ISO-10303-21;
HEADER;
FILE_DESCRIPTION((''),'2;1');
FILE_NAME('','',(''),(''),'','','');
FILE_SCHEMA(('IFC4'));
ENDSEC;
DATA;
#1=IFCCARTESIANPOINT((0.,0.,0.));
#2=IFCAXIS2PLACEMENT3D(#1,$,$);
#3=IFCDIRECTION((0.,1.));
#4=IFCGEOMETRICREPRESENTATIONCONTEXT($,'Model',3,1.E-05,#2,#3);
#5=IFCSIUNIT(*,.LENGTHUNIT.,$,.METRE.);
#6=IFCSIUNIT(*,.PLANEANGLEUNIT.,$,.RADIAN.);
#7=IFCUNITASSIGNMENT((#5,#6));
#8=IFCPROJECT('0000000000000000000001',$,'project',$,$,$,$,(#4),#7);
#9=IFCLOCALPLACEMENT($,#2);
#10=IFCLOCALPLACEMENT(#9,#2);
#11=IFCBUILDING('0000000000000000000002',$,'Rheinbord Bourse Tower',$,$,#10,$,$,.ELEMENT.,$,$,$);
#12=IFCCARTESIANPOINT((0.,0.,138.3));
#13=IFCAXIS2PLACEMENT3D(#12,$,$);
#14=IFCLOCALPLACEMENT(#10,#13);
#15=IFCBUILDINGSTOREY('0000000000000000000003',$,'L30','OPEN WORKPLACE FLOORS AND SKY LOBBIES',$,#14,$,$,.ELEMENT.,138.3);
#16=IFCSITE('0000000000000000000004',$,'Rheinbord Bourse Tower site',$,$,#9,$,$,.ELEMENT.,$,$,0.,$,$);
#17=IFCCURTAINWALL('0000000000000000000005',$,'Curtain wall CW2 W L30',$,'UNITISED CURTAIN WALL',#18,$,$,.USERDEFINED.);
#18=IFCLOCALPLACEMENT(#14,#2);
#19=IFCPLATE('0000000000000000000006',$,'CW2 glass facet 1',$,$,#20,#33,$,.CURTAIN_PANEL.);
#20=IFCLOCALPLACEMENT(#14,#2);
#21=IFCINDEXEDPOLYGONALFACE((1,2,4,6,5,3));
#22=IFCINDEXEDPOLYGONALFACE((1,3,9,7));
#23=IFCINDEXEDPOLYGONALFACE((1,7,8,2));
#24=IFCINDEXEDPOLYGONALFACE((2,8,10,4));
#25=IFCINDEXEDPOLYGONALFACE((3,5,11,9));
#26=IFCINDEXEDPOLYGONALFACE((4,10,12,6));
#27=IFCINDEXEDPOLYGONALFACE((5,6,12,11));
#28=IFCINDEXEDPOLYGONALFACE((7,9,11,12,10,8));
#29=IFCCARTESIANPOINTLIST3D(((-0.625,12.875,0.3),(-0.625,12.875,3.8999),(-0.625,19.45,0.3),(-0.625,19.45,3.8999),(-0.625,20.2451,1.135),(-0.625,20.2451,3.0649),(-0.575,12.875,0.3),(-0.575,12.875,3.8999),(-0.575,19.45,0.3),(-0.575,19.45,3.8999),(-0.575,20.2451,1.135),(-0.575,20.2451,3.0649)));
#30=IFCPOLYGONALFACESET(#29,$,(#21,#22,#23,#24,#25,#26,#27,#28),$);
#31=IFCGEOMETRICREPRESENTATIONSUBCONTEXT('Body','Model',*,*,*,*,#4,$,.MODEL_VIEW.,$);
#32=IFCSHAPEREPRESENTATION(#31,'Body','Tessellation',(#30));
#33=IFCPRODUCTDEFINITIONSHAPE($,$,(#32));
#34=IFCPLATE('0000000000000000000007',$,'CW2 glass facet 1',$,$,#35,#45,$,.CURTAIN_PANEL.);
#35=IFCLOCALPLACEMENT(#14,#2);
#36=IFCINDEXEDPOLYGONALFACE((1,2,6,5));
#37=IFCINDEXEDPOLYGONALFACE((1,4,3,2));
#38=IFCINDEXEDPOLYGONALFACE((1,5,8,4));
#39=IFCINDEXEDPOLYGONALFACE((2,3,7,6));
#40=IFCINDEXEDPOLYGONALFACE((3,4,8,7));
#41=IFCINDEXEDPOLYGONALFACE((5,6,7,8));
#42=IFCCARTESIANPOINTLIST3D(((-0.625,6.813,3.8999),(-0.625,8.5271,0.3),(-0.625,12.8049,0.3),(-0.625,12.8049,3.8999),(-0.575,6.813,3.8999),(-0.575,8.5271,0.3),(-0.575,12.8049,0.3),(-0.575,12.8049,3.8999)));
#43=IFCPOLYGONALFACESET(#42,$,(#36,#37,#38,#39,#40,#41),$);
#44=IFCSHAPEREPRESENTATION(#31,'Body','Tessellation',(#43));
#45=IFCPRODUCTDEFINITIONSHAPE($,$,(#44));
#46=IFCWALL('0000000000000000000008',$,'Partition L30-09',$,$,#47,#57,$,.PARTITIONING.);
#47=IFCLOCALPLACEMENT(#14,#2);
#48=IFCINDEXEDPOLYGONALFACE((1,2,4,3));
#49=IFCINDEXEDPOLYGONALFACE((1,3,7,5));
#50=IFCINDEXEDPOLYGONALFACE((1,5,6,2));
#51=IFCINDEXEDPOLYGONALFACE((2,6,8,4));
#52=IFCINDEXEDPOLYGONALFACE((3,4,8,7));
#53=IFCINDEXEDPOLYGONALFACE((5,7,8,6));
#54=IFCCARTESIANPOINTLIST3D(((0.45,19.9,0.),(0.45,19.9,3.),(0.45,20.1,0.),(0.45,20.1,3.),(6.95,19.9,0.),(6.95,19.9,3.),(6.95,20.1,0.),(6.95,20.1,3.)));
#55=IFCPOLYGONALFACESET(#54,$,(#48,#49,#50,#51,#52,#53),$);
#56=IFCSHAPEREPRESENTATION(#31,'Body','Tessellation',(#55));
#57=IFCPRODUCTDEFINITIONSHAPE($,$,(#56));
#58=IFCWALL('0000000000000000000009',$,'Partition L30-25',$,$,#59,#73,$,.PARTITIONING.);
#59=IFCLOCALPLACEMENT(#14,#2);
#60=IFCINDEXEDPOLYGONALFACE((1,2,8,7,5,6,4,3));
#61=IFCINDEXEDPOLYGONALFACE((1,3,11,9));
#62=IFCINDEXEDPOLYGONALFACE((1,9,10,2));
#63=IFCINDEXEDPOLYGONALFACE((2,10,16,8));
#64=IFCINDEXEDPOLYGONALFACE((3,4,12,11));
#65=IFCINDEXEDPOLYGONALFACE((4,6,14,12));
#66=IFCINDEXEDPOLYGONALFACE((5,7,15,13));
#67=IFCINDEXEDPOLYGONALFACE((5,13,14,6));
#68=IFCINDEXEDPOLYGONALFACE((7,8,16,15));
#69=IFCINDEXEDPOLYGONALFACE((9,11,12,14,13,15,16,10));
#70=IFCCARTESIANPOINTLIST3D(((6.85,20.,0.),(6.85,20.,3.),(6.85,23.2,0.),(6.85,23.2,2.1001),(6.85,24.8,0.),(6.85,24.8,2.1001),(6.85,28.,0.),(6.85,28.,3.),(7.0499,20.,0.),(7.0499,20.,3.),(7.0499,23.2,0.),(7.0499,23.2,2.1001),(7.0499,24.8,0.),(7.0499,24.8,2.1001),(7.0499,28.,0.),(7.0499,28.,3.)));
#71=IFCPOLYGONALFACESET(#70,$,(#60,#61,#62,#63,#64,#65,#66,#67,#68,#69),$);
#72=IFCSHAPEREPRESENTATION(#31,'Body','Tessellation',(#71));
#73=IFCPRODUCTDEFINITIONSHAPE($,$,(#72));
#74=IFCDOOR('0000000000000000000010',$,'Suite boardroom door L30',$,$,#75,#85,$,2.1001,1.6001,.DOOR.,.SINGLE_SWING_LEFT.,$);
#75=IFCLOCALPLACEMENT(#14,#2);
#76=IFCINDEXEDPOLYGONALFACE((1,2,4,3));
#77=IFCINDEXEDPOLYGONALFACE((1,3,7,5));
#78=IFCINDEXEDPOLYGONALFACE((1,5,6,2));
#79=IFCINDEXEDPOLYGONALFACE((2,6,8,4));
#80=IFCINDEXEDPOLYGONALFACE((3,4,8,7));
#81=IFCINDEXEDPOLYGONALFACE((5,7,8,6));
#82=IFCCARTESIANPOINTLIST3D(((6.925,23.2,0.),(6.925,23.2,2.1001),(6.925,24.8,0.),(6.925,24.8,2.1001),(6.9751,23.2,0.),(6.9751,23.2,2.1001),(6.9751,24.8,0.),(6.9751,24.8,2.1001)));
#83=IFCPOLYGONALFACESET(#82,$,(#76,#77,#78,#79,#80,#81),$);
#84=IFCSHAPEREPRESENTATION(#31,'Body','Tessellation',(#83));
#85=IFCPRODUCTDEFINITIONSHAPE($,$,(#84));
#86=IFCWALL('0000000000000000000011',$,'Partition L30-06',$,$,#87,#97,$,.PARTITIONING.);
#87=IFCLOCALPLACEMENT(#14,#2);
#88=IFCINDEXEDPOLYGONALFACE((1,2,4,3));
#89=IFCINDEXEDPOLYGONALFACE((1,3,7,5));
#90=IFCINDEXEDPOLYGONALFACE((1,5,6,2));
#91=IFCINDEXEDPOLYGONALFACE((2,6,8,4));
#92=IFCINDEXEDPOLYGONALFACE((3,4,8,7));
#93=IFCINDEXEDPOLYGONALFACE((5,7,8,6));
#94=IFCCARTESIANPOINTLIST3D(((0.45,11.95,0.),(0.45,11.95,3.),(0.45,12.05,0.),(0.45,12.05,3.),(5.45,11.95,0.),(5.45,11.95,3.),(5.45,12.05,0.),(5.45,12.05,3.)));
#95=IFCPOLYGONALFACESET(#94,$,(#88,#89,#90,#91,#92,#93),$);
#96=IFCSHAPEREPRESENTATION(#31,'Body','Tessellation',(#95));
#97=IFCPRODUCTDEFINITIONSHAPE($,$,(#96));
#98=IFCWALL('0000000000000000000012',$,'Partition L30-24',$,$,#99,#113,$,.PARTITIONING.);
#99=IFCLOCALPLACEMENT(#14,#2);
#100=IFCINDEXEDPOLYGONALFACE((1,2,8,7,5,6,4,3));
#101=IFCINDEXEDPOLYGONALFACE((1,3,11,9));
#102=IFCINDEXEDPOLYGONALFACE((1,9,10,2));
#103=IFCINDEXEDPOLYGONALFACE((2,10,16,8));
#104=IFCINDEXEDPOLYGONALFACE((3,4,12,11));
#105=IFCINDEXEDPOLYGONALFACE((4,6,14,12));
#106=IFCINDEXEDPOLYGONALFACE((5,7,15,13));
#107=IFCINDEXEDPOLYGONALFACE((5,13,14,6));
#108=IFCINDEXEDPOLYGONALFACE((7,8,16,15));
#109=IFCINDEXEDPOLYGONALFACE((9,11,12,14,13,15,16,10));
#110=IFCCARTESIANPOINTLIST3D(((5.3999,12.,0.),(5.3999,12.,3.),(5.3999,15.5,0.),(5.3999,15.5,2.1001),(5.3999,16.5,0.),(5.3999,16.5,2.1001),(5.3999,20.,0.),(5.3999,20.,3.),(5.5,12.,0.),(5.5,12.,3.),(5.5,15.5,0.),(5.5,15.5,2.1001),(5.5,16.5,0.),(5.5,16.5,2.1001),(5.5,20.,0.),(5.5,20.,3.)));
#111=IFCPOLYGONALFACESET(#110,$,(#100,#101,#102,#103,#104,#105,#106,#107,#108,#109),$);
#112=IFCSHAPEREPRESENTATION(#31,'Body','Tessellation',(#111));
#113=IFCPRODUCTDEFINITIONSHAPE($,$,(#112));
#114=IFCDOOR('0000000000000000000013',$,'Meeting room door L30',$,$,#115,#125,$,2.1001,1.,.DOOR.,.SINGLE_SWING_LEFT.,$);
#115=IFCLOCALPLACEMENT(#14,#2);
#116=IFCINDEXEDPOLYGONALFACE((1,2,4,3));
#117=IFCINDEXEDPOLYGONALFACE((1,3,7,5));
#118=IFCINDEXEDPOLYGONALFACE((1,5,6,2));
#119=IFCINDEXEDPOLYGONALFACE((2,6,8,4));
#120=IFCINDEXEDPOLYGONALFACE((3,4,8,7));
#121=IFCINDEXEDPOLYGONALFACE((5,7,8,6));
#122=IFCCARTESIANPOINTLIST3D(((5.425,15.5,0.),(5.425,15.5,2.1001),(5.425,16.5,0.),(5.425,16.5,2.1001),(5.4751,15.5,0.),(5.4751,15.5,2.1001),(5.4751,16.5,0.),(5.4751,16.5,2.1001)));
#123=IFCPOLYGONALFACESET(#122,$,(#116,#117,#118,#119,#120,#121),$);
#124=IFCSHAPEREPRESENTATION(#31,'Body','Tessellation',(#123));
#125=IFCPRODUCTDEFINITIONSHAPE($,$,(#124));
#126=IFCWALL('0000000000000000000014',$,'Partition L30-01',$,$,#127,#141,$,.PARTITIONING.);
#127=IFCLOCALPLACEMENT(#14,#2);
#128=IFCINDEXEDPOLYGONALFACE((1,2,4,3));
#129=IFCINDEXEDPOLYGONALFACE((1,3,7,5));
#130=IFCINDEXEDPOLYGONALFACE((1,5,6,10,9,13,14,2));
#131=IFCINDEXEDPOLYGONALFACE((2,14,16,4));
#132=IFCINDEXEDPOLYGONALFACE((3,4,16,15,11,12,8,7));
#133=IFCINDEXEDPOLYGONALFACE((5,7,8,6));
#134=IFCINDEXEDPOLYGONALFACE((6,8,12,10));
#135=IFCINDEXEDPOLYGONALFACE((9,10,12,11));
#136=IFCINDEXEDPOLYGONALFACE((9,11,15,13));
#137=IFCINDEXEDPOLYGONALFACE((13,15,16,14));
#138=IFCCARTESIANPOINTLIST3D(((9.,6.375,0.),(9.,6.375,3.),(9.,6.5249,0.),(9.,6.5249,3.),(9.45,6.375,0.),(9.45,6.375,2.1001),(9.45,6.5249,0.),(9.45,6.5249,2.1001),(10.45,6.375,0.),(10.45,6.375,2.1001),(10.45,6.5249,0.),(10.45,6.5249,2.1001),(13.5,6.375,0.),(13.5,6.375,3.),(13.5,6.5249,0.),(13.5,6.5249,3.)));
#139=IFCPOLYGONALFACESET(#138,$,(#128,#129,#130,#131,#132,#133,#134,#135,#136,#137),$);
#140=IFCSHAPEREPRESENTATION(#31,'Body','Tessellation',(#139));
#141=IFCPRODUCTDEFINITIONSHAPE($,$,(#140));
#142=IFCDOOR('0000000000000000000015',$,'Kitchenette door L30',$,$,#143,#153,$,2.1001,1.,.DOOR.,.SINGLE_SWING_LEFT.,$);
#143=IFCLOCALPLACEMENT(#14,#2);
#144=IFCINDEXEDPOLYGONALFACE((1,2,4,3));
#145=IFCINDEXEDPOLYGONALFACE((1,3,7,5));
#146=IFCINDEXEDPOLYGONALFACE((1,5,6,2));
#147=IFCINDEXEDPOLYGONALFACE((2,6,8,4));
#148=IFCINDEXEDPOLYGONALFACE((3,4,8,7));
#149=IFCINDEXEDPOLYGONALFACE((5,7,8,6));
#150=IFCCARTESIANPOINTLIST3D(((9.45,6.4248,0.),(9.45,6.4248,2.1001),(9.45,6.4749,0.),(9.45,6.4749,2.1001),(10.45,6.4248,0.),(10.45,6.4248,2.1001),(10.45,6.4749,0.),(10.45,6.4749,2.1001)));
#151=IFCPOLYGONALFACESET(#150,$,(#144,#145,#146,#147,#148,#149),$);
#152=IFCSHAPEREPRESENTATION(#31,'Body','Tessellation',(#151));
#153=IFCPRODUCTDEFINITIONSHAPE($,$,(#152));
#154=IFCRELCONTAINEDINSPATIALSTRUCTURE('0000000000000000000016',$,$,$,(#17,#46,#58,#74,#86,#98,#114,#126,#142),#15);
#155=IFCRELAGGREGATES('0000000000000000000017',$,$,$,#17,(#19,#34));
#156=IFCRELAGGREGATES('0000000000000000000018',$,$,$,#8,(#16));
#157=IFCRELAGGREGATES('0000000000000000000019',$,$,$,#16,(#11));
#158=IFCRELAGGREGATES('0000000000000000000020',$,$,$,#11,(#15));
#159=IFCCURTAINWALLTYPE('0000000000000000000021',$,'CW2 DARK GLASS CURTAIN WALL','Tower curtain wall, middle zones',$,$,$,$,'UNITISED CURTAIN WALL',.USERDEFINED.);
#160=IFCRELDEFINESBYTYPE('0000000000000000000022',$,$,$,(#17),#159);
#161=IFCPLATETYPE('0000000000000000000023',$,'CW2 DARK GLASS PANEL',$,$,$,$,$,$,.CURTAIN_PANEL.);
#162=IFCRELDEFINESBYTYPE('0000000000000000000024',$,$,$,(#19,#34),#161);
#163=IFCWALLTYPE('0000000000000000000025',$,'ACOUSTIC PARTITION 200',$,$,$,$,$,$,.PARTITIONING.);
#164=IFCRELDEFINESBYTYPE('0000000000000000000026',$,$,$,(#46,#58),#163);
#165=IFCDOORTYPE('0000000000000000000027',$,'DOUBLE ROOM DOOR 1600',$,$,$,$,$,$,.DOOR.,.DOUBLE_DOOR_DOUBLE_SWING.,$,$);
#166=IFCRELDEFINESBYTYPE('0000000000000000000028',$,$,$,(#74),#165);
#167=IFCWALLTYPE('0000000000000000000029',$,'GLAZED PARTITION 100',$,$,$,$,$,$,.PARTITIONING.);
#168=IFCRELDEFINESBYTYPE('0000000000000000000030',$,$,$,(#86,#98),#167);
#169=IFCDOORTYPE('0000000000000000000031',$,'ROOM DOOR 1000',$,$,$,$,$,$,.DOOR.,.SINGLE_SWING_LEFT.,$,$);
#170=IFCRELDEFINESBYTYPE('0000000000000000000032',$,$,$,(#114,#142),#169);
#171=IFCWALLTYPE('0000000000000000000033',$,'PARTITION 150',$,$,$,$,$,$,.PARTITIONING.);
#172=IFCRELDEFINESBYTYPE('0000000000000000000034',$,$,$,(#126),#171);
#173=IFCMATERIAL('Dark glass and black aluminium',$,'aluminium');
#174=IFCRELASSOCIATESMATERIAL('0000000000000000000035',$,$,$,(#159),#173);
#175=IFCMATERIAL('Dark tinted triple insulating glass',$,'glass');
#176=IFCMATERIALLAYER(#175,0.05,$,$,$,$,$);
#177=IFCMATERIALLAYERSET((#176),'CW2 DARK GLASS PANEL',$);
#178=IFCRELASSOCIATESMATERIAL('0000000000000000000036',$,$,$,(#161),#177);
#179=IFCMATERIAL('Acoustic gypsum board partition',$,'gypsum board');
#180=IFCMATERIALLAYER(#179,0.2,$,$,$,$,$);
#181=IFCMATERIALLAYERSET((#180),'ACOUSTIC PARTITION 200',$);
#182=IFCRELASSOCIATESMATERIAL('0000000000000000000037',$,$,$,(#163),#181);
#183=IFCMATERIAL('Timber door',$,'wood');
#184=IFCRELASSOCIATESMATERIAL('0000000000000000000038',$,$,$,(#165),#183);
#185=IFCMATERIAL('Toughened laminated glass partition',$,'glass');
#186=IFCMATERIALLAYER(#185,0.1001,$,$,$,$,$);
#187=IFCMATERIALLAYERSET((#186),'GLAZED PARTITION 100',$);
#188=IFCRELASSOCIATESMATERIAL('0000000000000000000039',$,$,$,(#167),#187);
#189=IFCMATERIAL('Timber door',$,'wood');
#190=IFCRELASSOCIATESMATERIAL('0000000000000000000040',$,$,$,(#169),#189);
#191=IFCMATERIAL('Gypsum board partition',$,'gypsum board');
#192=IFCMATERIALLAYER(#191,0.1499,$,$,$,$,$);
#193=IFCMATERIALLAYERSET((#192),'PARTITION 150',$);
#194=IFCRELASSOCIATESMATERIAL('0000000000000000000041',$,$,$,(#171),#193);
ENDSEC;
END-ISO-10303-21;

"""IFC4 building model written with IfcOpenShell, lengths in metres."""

from ifc_helpers import new_model, si_unit, direction, frame, frame_2d, origin, place, context, subcontext, project, spatial, polyline, rectangle, outline, extrude, material, layer, layer_set, type_object, element, fill, aggregate, save


model = new_model("IFC4")

# Units and contexts
model_context = context("Model", 3, precision=1e-05, world=origin(), true_north=direction((0.0, 1.0)))
body_context = subcontext(model_context, "Body", "Model", "MODEL_VIEW")
ifc_project = project(units=[si_unit("LENGTHUNIT", "METRE"), si_unit("PLANEANGLEUNIT", "RADIAN")], contexts=[model_context])

# Site, building, storey
site_placement = place(None, origin())
site = spatial("IfcSite", under=ifc_project, at=site_placement, Name="Rheinbord Bourse Tower site", CompositionType="ELEMENT", RefElevation=0.0)
building_placement = place(site_placement, origin())
building = spatial("IfcBuilding", under=site, at=building_placement, Name="Rheinbord Bourse Tower", CompositionType="ELEMENT")
storey_placement = place(building_placement, frame((0.0, 0.0, 138.3)))
storey = spatial("IfcBuildingStorey", under=building, at=storey_placement, Name="L30", Description="OPEN WORKPLACE FLOORS AND SKY LOBBIES", CompositionType="ELEMENT", Elevation=138.3)

# Curtain wall
ifc_material_1 = material(Name="Dark glass and black aluminium", Category="aluminium")
curtain_wall_type = type_object("IfcCurtainWallType", Name="CW2 DARK GLASS CURTAIN WALL", Description="Tower curtain wall, middle zones", ElementType="UNITISED CURTAIN WALL", PredefinedType="USERDEFINED", material=ifc_material_1)
curtain_wall_placement = place(storey_placement, origin())
curtain_wall = element("IfcCurtainWall", 1, at=curtain_wall_placement, inside=storey, type_object=curtain_wall_type, Name="Curtain wall CW2 W L30", ObjectType="UNITISED CURTAIN WALL", PredefinedType="USERDEFINED")

# Plates
ifc_material_2 = material(Name="Dark tinted triple insulating glass", Category="glass")
ifc_layer_1 = layer(ifc_material_2, 0.05)
ifc_layer_set_1 = layer_set([ifc_layer_1], Name="CW2 DARK GLASS PANEL")
plate_type = type_object("IfcPlateType", Name="CW2 DARK GLASS PANEL", PredefinedType="CURTAIN_PANEL", material=ifc_layer_set_1)
plate_1_placement = place(storey_placement, frame((-0.625, 12.875, 3.8999), z_axis=(1.0, 0.0, 0.0), x_axis=(0.0, 0.0, -1.0)))
plate_1 = element("IfcPlate", 2, at=plate_1_placement, type_object=plate_type, Name="CW2 glass facet 1", PredefinedType="CURTAIN_PANEL", context=body_context, shape_type="SweptSolid", body=[
    extrude(outline(polyline([(0.0, 0.0), (3.5999, 0.0), (3.5999, 6.575), (2.7649, 7.3701), (0.835, 7.3701), (0.0, 6.575), (0.0, 0.0)])), origin(), (0.0, 0.0, 1.0), 0.05),
])
plate_2_placement = place(storey_placement, frame((-0.625, 12.8049, 0.3), z_axis=(1.0, 0.0, 0.0), x_axis=(0.0, 0.0, 1.0)))
plate_2 = element("IfcPlate", 3, at=plate_2_placement, type_object=plate_type, Name="CW2 glass facet 1", PredefinedType="CURTAIN_PANEL", context=body_context, shape_type="SweptSolid", body=[
    extrude(outline(polyline([(0.0, 0.0), (3.5999, 0.0), (3.5999, 5.9919), (0.0, 4.2778), (0.0, 0.0)])), origin(), (0.0, 0.0, 1.0), 0.05),
])
aggregate(curtain_wall, [plate_1, plate_2])

# Wall
ifc_material_3 = material(Name="Acoustic gypsum board partition", Category="gypsum board")
ifc_layer_2 = layer(ifc_material_3, 0.2)
ifc_layer_set_2 = layer_set([ifc_layer_2], Name="ACOUSTIC PARTITION 200")
wall_type_1 = type_object("IfcWallType", Name="ACOUSTIC PARTITION 200", PredefinedType="PARTITIONING", material=ifc_layer_set_2)
wall_1_placement = place(storey_placement, frame((0.45, 20.0, 0.0), z_axis=(0.0, 0.0, 1.0), x_axis=(1.0, 0.0, 0.0)))
element("IfcWall", 4, at=wall_1_placement, inside=storey, type_object=wall_type_1, Name="Partition L30-09", PredefinedType="PARTITIONING", context=body_context, shape_type="SweptSolid", body=[
    extrude(rectangle(XDim=6.5, YDim=0.2, at=frame_2d((3.25, 0.0))), origin(), (0.0, 0.0, 1.0), 3.0),
])

# Wall, opening, door
wall_2_placement = place(storey_placement, frame((6.95, 20.0, 0.0), z_axis=(0.0, 0.0, 1.0), x_axis=(0.0, 1.0, 0.0)))
wall_2 = element("IfcWall", 5, at=wall_2_placement, inside=storey, type_object=wall_type_1, Name="Partition L30-25", PredefinedType="PARTITIONING", context=body_context, shape_type="SweptSolid", body=[
    extrude(rectangle(XDim=8.0, YDim=0.2, at=frame_2d((4.0, 0.0))), origin(), (0.0, 0.0, 1.0), 3.0),
])
opening_1_placement = place(wall_2_placement, frame((3.2, 0.0, 0.0)))
opening_1 = element("IfcOpeningElement", 6, at=opening_1_placement, cuts=wall_2, PredefinedType="OPENING", context=body_context, shape_type="SweptSolid", body=[
    extrude(rectangle(XDim=1.6001, YDim=2.1001, at=frame_2d((0.8, 1.05))), frame((0.0, 0.1099, 0.0), z_axis=(0.0, -1.0, 0.0), x_axis=(1.0, 0.0, 0.0)), (0.0, 0.0, 1.0), 0.22),
])
ifc_material_4 = material(Name="Timber door", Category="wood")
door_type_1 = type_object("IfcDoorType", Name="DOUBLE ROOM DOOR 1600", OperationType="DOUBLE_DOOR_DOUBLE_SWING", PredefinedType="DOOR", material=ifc_material_4)
door_1_placement = place(opening_1_placement, origin())
door_1 = element("IfcDoor", 7, at=door_1_placement, inside=storey, type_object=door_type_1, Name="Suite boardroom door L30", OperationType="SINGLE_SWING_LEFT", OverallHeight=2.1001, OverallWidth=1.6001, PredefinedType="DOOR", context=body_context, shape_type="SweptSolid", body=[
    extrude(rectangle(XDim=1.6001, YDim=2.1001, at=frame_2d((0.8, 1.05))), frame((0.0, 0.0249, 0.0), z_axis=(0.0, -1.0, 0.0), x_axis=(1.0, 0.0, 0.0)), (0.0, 0.0, 1.0), 0.05),
])
fill(opening_1, door_1)

# Wall
ifc_material_5 = material(Name="Toughened laminated glass partition", Category="glass")
ifc_layer_3 = layer(ifc_material_5, 0.1001)
ifc_layer_set_3 = layer_set([ifc_layer_3], Name="GLAZED PARTITION 100")
wall_type_2 = type_object("IfcWallType", Name="GLAZED PARTITION 100", PredefinedType="PARTITIONING", material=ifc_layer_set_3)
wall_3_placement = place(storey_placement, frame((0.45, 12.0, 0.0), z_axis=(0.0, 0.0, 1.0), x_axis=(1.0, 0.0, 0.0)))
element("IfcWall", 8, at=wall_3_placement, inside=storey, type_object=wall_type_2, Name="Partition L30-06", PredefinedType="PARTITIONING", context=body_context, shape_type="SweptSolid", body=[
    extrude(rectangle(XDim=5.0, YDim=0.1001, at=frame_2d((2.5, 0.0))), origin(), (0.0, 0.0, 1.0), 3.0),
])

# Walls, openings, doors
wall_4_placement = place(storey_placement, frame((5.45, 12.0, 0.0), z_axis=(0.0, 0.0, 1.0), x_axis=(0.0, 1.0, 0.0)))
wall_4 = element("IfcWall", 9, at=wall_4_placement, inside=storey, type_object=wall_type_2, Name="Partition L30-24", PredefinedType="PARTITIONING", context=body_context, shape_type="SweptSolid", body=[
    extrude(rectangle(XDim=8.0, YDim=0.1001, at=frame_2d((4.0, 0.0))), origin(), (0.0, 0.0, 1.0), 3.0),
])
opening_2_placement = place(wall_4_placement, frame((3.5, 0.0, 0.0)))
opening_2 = element("IfcOpeningElement", 10, at=opening_2_placement, cuts=wall_4, PredefinedType="OPENING", context=body_context, shape_type="SweptSolid", body=[
    extrude(rectangle(XDim=1.0, YDim=2.1001, at=frame_2d((0.5, 1.05))), frame((0.0, 0.0601, 0.0), z_axis=(0.0, -1.0, 0.0), x_axis=(1.0, 0.0, 0.0)), (0.0, 0.0, 1.0), 0.1201),
])
ifc_material_6 = material(Name="Timber door", Category="wood")
door_type_2 = type_object("IfcDoorType", Name="ROOM DOOR 1000", OperationType="SINGLE_SWING_LEFT", PredefinedType="DOOR", material=ifc_material_6)
door_2_placement = place(opening_2_placement, origin())
door_2 = element("IfcDoor", 11, at=door_2_placement, inside=storey, type_object=door_type_2, Name="Meeting room door L30", OperationType="SINGLE_SWING_LEFT", OverallHeight=2.1001, OverallWidth=1.0, PredefinedType="DOOR", context=body_context, shape_type="SweptSolid", body=[
    extrude(rectangle(XDim=1.0, YDim=2.1001, at=frame_2d((0.5, 1.05))), frame((0.0, 0.0249, 0.0), z_axis=(0.0, -1.0, 0.0), x_axis=(1.0, 0.0, 0.0)), (0.0, 0.0, 1.0), 0.05),
])
fill(opening_2, door_2)
ifc_material_7 = material(Name="Gypsum board partition", Category="gypsum board")
ifc_layer_4 = layer(ifc_material_7, 0.1499)
ifc_layer_set_4 = layer_set([ifc_layer_4], Name="PARTITION 150")
wall_type_3 = type_object("IfcWallType", Name="PARTITION 150", PredefinedType="PARTITIONING", material=ifc_layer_set_4)
wall_5_placement = place(storey_placement, frame((9.0, 6.45, 0.0), z_axis=(0.0, 0.0, 1.0), x_axis=(1.0, 0.0, 0.0)))
wall_5 = element("IfcWall", 12, at=wall_5_placement, inside=storey, type_object=wall_type_3, Name="Partition L30-01", PredefinedType="PARTITIONING", context=body_context, shape_type="SweptSolid", body=[
    extrude(rectangle(XDim=4.5, YDim=0.1499, at=frame_2d((2.25, 0.0))), origin(), (0.0, 0.0, 1.0), 3.0),
])
opening_3_placement = place(wall_5_placement, frame((0.45, 0.0, 0.0)))
opening_3 = element("IfcOpeningElement", 13, at=opening_3_placement, cuts=wall_5, PredefinedType="OPENING", context=body_context, shape_type="SweptSolid", body=[
    extrude(rectangle(XDim=1.0, YDim=2.1001, at=frame_2d((0.5, 1.05))), frame((0.0, 0.085, 0.0), z_axis=(0.0, -1.0, 0.0), x_axis=(1.0, 0.0, 0.0)), (0.0, 0.0, 1.0), 0.1699),
])
door_3_placement = place(opening_3_placement, origin())
door_3 = element("IfcDoor", 14, at=door_3_placement, inside=storey, type_object=door_type_2, Name="Kitchenette door L30", OperationType="SINGLE_SWING_LEFT", OverallHeight=2.1001, OverallWidth=1.0, PredefinedType="DOOR", context=body_context, shape_type="SweptSolid", body=[
    extrude(rectangle(XDim=1.0, YDim=2.1001, at=frame_2d((0.5, 1.05))), frame((0.0, 0.0249, 0.0), z_axis=(0.0, -1.0, 0.0), x_axis=(1.0, 0.0, 0.0)), (0.0, 0.0, 1.0), 0.05),
])
fill(opening_3, door_3)

save(model, "model.ifc")
